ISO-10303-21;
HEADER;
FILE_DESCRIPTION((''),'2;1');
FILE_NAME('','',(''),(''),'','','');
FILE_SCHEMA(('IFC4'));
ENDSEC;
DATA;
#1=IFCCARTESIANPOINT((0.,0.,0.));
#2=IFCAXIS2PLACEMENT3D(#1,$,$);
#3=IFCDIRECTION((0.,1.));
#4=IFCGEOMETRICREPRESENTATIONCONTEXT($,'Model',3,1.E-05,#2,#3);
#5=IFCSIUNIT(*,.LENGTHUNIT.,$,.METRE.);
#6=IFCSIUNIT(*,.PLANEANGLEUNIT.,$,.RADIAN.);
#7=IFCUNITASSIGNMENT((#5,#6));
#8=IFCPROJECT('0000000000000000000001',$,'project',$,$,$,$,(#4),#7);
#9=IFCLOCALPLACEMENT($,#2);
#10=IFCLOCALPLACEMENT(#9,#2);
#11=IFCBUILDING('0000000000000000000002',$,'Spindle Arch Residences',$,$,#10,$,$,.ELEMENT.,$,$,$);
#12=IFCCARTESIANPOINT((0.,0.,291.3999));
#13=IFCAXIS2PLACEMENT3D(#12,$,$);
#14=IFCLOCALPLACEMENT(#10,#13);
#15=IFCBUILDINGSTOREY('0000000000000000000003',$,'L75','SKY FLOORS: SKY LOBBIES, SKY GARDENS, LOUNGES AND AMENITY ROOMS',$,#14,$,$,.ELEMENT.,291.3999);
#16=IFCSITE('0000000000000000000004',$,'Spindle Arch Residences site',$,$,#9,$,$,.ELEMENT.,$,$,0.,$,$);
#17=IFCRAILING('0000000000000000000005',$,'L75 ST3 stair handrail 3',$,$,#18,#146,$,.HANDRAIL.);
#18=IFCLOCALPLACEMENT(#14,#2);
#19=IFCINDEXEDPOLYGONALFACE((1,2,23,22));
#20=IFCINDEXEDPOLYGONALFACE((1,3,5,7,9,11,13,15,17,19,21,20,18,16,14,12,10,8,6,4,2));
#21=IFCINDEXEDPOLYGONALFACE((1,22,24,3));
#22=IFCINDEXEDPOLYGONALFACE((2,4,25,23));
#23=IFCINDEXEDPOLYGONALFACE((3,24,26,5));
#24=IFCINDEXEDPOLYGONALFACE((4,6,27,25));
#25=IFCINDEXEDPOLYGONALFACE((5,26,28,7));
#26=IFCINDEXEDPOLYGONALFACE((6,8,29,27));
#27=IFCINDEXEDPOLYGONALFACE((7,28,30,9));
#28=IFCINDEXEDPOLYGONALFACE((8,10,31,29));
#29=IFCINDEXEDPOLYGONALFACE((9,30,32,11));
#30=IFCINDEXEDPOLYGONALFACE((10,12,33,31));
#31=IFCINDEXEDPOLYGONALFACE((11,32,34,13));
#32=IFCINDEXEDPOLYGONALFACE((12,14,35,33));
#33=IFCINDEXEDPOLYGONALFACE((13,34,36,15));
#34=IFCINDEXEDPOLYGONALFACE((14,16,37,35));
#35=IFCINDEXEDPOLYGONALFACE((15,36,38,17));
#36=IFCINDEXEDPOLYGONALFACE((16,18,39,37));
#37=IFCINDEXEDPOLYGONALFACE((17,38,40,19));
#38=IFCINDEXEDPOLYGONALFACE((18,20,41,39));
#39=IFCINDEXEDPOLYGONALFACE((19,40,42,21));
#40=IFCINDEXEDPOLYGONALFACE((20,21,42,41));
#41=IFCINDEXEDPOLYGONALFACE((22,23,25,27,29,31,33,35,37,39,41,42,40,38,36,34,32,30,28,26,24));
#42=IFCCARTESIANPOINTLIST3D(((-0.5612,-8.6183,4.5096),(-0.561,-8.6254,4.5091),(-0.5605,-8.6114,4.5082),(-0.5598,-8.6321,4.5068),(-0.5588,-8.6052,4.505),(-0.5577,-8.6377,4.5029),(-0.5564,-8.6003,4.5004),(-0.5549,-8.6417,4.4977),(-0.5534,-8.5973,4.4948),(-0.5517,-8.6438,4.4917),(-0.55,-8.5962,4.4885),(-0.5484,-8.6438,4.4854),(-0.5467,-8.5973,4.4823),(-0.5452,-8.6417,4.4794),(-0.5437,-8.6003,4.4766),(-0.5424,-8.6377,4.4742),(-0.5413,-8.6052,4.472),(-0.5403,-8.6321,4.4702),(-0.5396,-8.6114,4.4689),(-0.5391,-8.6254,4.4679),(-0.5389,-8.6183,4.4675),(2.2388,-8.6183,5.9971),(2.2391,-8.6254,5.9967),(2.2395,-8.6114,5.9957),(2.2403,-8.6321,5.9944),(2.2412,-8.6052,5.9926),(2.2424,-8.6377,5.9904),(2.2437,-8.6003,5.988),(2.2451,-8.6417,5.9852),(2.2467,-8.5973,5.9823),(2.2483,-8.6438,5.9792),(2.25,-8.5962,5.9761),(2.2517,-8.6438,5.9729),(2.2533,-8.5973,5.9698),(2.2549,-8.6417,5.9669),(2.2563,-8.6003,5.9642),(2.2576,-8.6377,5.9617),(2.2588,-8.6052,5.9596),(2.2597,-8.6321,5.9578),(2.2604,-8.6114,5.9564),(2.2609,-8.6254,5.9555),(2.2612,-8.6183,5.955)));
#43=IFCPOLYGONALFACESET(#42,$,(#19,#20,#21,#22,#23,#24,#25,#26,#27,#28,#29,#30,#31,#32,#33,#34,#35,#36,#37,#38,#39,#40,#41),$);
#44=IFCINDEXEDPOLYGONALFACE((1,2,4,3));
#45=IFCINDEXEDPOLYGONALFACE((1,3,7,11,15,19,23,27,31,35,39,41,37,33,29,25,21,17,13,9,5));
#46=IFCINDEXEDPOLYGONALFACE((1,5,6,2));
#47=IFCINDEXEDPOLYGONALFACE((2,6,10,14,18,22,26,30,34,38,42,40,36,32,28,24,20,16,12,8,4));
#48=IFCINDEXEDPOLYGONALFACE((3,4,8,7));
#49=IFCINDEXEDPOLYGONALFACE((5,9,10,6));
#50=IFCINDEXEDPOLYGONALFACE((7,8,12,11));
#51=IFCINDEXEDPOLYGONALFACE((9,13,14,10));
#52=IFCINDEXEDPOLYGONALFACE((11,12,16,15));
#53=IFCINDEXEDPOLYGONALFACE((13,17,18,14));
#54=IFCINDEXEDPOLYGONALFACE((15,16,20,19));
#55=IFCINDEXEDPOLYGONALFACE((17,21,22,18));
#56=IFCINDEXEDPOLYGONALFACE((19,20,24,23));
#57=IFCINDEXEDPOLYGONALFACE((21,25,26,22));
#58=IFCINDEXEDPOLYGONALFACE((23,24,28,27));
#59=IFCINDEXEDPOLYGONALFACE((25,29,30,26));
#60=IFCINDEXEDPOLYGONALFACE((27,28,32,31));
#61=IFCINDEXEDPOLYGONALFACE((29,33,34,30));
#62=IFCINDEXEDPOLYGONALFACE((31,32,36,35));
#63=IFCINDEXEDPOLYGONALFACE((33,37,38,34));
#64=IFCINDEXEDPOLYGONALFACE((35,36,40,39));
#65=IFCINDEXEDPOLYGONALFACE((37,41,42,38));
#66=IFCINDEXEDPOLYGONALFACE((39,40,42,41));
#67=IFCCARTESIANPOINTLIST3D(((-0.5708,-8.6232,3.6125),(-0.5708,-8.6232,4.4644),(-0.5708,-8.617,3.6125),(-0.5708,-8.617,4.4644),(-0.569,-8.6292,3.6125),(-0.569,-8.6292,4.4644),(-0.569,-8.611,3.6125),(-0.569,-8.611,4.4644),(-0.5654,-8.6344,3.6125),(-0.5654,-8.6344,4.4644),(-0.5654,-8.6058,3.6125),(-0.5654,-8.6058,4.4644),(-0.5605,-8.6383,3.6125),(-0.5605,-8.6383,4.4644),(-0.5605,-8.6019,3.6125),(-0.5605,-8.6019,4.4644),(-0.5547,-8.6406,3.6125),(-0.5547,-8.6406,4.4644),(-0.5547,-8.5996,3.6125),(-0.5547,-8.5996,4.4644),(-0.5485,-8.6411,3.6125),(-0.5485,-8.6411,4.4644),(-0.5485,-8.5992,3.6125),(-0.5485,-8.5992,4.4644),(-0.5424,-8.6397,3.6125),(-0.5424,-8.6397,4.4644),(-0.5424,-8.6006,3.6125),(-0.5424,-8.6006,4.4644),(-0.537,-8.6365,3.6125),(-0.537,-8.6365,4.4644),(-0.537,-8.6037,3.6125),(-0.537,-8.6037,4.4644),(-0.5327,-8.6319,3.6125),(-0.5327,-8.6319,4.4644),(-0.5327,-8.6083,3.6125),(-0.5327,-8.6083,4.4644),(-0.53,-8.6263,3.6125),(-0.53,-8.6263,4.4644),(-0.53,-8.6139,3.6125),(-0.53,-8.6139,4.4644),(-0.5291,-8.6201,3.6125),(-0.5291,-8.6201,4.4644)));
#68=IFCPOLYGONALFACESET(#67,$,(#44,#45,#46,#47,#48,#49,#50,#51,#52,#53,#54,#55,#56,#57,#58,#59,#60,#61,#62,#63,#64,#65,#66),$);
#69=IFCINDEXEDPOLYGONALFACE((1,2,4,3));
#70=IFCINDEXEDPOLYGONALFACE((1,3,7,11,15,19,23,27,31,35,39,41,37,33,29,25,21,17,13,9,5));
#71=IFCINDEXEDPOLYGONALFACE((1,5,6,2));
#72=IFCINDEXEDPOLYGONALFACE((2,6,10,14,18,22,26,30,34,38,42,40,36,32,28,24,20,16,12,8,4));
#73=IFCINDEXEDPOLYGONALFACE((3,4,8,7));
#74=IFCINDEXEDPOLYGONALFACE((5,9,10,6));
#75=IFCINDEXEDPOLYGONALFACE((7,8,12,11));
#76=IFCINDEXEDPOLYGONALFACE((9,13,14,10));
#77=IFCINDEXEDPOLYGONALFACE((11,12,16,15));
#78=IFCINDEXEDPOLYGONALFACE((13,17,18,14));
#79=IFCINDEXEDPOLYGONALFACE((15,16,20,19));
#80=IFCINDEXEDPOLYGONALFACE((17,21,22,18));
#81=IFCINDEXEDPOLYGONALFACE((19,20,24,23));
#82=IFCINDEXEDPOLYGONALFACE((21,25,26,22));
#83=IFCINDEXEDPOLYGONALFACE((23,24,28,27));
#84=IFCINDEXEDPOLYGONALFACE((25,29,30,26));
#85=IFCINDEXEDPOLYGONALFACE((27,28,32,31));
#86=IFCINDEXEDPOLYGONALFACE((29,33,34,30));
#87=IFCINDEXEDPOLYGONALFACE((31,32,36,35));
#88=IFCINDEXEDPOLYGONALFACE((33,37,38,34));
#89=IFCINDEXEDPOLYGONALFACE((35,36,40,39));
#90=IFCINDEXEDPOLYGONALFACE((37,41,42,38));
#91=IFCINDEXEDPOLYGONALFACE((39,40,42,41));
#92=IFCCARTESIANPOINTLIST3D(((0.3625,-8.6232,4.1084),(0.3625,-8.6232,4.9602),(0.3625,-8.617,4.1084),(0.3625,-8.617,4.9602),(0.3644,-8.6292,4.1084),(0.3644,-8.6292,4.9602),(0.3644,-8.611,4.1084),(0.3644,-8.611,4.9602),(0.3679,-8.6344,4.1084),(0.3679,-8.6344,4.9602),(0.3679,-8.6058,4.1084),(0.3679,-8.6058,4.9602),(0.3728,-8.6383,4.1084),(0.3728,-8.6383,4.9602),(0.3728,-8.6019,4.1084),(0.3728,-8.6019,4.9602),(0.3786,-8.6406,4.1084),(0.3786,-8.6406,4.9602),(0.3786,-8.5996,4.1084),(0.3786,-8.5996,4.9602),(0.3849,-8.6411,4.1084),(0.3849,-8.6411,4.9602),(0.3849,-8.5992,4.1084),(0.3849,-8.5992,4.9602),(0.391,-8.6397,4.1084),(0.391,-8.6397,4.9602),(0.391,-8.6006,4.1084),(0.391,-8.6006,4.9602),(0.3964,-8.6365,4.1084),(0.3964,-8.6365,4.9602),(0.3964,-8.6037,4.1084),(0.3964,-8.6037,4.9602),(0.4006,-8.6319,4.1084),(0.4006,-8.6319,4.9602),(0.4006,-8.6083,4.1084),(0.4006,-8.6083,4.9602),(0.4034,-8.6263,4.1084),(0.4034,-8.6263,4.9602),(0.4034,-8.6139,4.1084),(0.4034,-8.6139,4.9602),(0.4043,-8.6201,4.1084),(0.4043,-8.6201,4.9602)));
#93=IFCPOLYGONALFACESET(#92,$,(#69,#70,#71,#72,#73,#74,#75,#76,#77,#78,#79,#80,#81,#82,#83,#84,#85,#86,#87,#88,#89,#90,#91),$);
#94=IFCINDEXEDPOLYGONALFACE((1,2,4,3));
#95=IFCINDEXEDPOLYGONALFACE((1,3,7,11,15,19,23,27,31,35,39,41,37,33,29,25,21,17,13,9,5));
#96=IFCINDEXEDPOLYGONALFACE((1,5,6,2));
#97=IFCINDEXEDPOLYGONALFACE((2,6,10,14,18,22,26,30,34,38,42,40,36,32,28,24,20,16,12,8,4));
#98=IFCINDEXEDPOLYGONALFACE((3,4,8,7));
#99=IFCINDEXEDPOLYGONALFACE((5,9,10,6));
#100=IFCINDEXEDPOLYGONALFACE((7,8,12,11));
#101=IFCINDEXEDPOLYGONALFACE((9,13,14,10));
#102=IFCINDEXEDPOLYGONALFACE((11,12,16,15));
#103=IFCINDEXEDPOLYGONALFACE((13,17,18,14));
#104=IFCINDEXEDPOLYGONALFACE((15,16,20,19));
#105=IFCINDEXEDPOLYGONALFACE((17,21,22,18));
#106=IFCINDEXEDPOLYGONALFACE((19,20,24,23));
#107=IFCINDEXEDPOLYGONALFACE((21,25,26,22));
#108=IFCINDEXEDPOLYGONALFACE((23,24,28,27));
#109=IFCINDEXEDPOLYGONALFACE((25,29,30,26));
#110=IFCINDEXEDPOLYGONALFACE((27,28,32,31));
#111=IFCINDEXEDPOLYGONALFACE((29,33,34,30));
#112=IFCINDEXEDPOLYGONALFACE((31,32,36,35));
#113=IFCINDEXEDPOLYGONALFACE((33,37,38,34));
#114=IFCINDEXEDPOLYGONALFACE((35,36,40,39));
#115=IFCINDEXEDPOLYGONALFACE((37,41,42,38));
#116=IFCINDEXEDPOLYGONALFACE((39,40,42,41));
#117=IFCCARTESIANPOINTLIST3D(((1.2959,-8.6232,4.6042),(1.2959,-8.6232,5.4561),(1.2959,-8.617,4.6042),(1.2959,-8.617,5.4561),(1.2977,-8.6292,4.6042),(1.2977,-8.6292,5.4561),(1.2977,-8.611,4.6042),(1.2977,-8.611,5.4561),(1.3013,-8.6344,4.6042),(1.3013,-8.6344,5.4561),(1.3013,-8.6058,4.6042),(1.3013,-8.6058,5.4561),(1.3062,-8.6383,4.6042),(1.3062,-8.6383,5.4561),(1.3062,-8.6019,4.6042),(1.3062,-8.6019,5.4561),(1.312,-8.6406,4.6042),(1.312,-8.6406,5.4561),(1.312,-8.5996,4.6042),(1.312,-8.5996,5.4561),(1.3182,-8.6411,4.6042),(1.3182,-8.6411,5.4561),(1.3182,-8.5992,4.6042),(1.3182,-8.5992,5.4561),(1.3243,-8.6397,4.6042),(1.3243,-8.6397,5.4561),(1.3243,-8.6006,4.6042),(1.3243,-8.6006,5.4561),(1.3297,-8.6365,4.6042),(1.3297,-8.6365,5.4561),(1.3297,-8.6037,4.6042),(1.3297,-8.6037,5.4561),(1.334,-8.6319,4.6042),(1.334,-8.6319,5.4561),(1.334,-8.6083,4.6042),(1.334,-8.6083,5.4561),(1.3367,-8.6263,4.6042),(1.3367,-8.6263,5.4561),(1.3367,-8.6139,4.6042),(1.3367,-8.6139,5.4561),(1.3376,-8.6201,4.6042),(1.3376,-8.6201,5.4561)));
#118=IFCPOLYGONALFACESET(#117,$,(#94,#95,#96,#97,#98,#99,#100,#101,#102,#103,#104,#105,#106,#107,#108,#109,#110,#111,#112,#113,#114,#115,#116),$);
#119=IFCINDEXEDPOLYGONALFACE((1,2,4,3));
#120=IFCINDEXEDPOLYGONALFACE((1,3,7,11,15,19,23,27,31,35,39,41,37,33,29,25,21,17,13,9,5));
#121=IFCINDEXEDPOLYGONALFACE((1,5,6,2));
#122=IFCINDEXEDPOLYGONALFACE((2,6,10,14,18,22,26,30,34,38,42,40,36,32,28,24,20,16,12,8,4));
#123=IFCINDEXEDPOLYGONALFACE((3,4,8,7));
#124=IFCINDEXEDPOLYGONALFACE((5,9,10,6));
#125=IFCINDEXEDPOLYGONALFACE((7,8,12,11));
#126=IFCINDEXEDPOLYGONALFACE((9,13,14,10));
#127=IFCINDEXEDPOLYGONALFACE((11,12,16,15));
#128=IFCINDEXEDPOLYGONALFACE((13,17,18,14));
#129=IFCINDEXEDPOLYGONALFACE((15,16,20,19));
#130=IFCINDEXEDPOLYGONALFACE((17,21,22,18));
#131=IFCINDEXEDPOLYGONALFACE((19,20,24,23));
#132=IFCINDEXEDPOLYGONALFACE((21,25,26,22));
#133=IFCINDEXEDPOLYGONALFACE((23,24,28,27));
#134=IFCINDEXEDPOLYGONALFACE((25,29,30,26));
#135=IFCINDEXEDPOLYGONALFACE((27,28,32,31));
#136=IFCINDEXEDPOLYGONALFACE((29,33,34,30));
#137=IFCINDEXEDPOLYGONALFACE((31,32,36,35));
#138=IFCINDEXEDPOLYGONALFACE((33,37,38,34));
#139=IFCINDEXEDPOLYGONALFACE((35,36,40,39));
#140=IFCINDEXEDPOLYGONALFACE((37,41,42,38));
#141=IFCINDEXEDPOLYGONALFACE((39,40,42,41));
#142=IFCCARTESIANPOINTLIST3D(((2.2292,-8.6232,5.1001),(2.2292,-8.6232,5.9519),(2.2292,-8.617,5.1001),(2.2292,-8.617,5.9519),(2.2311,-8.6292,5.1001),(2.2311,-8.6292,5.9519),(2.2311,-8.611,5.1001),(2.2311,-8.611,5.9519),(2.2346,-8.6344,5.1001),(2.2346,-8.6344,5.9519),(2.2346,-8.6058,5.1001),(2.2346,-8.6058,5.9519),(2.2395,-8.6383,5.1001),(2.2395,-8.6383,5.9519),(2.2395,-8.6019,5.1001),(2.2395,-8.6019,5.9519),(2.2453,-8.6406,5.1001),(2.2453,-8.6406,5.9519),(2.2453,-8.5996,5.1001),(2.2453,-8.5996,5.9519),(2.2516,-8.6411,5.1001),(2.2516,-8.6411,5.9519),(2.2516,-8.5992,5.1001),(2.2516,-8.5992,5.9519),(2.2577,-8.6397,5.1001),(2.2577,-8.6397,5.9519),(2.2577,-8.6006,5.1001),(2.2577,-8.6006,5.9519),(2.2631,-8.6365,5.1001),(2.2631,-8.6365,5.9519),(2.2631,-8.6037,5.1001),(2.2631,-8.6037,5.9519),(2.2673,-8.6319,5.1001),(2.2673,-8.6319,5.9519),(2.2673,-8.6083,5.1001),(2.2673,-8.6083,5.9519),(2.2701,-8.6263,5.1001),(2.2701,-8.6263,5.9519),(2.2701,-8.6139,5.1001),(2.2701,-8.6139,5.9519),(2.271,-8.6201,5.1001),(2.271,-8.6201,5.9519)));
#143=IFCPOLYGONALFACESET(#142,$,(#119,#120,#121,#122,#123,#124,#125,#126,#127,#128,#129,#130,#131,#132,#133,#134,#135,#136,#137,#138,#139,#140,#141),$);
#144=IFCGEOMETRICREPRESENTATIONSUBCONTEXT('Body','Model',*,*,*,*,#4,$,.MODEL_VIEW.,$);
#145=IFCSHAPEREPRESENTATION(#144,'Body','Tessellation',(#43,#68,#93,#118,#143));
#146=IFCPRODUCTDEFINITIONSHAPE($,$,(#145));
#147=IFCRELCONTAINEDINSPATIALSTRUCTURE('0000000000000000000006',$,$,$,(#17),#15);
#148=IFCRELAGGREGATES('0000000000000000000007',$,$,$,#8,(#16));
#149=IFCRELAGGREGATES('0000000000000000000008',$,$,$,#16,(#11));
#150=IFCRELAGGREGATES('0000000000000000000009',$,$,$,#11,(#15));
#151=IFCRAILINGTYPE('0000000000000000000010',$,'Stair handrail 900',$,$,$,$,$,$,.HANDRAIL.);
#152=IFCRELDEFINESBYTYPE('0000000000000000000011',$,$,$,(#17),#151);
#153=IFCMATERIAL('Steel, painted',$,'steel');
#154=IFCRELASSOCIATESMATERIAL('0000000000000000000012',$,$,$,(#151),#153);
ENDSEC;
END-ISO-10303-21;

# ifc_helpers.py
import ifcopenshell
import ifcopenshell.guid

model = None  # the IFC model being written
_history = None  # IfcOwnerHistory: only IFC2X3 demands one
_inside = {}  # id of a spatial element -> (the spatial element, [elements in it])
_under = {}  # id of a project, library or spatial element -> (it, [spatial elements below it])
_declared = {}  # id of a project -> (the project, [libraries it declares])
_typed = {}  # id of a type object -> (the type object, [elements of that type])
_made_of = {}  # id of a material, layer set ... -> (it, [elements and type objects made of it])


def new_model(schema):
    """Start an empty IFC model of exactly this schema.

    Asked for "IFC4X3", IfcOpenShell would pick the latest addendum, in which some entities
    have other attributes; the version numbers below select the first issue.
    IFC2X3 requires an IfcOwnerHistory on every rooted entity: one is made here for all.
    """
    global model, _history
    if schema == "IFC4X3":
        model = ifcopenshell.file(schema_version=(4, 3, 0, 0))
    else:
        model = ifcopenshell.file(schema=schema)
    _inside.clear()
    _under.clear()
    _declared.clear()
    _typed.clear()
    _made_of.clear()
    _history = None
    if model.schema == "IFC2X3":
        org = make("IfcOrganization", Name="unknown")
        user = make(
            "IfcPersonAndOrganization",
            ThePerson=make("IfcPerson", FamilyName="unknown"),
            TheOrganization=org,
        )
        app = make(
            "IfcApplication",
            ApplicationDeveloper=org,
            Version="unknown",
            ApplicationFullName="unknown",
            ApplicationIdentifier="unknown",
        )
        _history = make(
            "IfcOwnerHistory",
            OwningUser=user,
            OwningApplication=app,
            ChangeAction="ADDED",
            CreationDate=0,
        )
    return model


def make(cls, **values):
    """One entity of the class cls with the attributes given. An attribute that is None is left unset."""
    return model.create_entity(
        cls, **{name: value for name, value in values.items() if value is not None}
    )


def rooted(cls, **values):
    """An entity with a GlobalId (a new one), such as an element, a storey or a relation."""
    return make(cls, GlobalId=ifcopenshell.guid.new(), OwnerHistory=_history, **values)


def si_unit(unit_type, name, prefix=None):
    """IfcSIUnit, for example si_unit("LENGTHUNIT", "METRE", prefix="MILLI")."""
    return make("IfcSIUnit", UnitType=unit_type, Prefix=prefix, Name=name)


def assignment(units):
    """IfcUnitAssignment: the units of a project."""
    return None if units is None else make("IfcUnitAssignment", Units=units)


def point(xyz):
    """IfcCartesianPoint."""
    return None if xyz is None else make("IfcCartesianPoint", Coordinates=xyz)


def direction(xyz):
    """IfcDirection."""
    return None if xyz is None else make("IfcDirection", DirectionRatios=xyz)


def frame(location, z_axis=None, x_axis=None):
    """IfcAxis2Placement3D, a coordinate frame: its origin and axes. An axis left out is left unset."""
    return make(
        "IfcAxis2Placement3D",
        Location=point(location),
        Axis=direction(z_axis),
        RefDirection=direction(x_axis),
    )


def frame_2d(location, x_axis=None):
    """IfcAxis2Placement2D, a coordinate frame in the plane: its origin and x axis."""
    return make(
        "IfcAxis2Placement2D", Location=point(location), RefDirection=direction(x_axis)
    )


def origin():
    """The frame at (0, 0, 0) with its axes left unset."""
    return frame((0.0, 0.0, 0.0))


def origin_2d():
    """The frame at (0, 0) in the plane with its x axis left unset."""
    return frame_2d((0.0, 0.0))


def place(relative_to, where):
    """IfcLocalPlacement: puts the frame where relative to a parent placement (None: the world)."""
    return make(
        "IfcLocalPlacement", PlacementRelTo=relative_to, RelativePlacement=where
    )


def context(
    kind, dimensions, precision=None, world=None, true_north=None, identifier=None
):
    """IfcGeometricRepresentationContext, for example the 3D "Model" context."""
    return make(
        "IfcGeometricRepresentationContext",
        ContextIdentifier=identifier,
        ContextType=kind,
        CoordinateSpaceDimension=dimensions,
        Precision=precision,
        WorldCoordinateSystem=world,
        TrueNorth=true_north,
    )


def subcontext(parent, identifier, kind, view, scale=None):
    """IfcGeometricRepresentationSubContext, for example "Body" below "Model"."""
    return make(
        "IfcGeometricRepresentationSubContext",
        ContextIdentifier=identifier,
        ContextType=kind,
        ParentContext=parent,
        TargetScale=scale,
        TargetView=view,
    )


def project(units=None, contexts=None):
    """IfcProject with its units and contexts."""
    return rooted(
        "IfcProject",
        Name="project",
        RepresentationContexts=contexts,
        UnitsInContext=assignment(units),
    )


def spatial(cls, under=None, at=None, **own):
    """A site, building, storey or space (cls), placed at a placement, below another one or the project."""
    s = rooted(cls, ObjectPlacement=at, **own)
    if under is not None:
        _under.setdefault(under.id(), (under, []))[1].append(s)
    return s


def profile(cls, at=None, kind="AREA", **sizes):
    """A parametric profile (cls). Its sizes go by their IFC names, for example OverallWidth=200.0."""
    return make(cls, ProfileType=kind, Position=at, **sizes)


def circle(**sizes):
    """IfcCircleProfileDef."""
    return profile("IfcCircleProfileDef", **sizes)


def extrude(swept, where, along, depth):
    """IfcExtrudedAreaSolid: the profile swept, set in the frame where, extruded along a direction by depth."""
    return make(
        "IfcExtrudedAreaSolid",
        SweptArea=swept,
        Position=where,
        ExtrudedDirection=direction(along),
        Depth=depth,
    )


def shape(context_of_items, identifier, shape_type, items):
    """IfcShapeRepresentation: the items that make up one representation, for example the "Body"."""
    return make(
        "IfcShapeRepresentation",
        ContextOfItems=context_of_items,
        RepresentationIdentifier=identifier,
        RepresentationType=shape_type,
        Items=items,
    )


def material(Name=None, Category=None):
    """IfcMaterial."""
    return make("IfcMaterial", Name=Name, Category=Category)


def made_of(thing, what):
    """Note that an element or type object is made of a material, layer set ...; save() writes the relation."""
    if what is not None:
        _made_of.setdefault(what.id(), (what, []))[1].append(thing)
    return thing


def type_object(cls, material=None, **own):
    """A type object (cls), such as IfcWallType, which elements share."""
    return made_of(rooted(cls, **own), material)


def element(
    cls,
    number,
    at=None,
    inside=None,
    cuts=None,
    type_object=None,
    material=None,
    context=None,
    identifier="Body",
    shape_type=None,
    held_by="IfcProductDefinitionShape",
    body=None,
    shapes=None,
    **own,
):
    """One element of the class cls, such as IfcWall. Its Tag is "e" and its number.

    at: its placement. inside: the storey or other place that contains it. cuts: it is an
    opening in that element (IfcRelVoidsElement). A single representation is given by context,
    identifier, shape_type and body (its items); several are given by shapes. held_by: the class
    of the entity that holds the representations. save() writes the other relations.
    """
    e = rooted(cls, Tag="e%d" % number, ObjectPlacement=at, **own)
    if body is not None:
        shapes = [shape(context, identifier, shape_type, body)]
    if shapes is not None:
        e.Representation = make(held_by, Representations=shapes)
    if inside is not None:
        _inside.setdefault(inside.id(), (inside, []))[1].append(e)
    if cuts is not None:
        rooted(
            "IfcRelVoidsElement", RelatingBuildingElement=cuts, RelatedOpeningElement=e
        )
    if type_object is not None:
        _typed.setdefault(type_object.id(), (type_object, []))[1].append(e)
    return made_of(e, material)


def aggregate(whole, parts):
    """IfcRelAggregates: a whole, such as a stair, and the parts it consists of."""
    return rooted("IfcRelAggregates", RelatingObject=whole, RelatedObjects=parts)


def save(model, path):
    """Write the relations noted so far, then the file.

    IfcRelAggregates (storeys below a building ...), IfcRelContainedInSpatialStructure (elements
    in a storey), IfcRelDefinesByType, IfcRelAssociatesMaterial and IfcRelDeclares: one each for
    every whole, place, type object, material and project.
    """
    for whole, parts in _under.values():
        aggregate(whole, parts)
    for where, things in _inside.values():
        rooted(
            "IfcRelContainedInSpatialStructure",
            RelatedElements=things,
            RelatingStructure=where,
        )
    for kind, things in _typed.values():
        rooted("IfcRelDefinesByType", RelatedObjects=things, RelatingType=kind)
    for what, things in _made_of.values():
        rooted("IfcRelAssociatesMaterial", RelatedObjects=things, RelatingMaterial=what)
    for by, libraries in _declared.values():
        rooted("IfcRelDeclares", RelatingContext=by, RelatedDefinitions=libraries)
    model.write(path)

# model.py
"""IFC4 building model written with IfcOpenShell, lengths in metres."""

from ifc_helpers import new_model, si_unit, direction, frame, origin, origin_2d, place, context, subcontext, project, spatial, circle, extrude, material, type_object, element, save


model = new_model("IFC4")

# Units and contexts
model_context = context("Model", 3, precision=1e-05, world=origin(), true_north=direction((0.0, 1.0)))
body_context = subcontext(model_context, "Body", "Model", "MODEL_VIEW")
ifc_project = project(units=[si_unit("LENGTHUNIT", "METRE"), si_unit("PLANEANGLEUNIT", "RADIAN")], contexts=[model_context])

# Site, building, storey
site_placement = place(None, origin())
site = spatial("IfcSite", under=ifc_project, at=site_placement, Name="Spindle Arch Residences site", CompositionType="ELEMENT", RefElevation=0.0)
building_placement = place(site_placement, origin())
building = spatial("IfcBuilding", under=site, at=building_placement, Name="Spindle Arch Residences", CompositionType="ELEMENT")
storey_placement = place(building_placement, frame((0.0, 0.0, 291.3999)))
storey = spatial("IfcBuildingStorey", under=building, at=storey_placement, Name="L75", Description="SKY FLOORS: SKY LOBBIES, SKY GARDENS, LOUNGES AND AMENITY ROOMS", CompositionType="ELEMENT", Elevation=291.3999)

# Railing
ifc_material_1 = material(Name="Steel, painted", Category="steel")
railing_type_1 = type_object("IfcRailingType", Name="Stair handrail 900", PredefinedType="HANDRAIL", material=ifc_material_1)
railing_1_placement = place(storey_placement, frame((-0.55, -8.6201, 3.6125)))
element("IfcRailing", 1, at=railing_1_placement, inside=storey, type_object=railing_type_1, Name="L75 ST3 stair handrail 3", PredefinedType="HANDRAIL", context=body_context, shape_type="SweptSolid", body=[
    extrude(circle(Radius=0.0239, at=origin_2d()), frame((0.0, 0.0, 0.876), z_axis=(0.883113, 0.0, 0.469161), x_axis=(0.0, 1.0, 0.0)), (0.0, 0.0, 1.0), 3.1707),
    extrude(circle(Radius=0.021, at=origin_2d()), origin(), (0.0, 0.0, 1.0), 0.8518),
    extrude(circle(Radius=0.021, at=origin_2d()), frame((0.9333, 0.0, 0.4958)), (0.0, 0.0, 1.0), 0.8518),
    extrude(circle(Radius=0.021, at=origin_2d()), frame((1.8667, 0.0, 0.9917)), (0.0, 0.0, 1.0), 0.8518),
    extrude(circle(Radius=0.021, at=origin_2d()), frame((2.8, 0.0, 1.4875)), (0.0, 0.0, 1.0), 0.8518),
])

save(model, "model.ifc")
